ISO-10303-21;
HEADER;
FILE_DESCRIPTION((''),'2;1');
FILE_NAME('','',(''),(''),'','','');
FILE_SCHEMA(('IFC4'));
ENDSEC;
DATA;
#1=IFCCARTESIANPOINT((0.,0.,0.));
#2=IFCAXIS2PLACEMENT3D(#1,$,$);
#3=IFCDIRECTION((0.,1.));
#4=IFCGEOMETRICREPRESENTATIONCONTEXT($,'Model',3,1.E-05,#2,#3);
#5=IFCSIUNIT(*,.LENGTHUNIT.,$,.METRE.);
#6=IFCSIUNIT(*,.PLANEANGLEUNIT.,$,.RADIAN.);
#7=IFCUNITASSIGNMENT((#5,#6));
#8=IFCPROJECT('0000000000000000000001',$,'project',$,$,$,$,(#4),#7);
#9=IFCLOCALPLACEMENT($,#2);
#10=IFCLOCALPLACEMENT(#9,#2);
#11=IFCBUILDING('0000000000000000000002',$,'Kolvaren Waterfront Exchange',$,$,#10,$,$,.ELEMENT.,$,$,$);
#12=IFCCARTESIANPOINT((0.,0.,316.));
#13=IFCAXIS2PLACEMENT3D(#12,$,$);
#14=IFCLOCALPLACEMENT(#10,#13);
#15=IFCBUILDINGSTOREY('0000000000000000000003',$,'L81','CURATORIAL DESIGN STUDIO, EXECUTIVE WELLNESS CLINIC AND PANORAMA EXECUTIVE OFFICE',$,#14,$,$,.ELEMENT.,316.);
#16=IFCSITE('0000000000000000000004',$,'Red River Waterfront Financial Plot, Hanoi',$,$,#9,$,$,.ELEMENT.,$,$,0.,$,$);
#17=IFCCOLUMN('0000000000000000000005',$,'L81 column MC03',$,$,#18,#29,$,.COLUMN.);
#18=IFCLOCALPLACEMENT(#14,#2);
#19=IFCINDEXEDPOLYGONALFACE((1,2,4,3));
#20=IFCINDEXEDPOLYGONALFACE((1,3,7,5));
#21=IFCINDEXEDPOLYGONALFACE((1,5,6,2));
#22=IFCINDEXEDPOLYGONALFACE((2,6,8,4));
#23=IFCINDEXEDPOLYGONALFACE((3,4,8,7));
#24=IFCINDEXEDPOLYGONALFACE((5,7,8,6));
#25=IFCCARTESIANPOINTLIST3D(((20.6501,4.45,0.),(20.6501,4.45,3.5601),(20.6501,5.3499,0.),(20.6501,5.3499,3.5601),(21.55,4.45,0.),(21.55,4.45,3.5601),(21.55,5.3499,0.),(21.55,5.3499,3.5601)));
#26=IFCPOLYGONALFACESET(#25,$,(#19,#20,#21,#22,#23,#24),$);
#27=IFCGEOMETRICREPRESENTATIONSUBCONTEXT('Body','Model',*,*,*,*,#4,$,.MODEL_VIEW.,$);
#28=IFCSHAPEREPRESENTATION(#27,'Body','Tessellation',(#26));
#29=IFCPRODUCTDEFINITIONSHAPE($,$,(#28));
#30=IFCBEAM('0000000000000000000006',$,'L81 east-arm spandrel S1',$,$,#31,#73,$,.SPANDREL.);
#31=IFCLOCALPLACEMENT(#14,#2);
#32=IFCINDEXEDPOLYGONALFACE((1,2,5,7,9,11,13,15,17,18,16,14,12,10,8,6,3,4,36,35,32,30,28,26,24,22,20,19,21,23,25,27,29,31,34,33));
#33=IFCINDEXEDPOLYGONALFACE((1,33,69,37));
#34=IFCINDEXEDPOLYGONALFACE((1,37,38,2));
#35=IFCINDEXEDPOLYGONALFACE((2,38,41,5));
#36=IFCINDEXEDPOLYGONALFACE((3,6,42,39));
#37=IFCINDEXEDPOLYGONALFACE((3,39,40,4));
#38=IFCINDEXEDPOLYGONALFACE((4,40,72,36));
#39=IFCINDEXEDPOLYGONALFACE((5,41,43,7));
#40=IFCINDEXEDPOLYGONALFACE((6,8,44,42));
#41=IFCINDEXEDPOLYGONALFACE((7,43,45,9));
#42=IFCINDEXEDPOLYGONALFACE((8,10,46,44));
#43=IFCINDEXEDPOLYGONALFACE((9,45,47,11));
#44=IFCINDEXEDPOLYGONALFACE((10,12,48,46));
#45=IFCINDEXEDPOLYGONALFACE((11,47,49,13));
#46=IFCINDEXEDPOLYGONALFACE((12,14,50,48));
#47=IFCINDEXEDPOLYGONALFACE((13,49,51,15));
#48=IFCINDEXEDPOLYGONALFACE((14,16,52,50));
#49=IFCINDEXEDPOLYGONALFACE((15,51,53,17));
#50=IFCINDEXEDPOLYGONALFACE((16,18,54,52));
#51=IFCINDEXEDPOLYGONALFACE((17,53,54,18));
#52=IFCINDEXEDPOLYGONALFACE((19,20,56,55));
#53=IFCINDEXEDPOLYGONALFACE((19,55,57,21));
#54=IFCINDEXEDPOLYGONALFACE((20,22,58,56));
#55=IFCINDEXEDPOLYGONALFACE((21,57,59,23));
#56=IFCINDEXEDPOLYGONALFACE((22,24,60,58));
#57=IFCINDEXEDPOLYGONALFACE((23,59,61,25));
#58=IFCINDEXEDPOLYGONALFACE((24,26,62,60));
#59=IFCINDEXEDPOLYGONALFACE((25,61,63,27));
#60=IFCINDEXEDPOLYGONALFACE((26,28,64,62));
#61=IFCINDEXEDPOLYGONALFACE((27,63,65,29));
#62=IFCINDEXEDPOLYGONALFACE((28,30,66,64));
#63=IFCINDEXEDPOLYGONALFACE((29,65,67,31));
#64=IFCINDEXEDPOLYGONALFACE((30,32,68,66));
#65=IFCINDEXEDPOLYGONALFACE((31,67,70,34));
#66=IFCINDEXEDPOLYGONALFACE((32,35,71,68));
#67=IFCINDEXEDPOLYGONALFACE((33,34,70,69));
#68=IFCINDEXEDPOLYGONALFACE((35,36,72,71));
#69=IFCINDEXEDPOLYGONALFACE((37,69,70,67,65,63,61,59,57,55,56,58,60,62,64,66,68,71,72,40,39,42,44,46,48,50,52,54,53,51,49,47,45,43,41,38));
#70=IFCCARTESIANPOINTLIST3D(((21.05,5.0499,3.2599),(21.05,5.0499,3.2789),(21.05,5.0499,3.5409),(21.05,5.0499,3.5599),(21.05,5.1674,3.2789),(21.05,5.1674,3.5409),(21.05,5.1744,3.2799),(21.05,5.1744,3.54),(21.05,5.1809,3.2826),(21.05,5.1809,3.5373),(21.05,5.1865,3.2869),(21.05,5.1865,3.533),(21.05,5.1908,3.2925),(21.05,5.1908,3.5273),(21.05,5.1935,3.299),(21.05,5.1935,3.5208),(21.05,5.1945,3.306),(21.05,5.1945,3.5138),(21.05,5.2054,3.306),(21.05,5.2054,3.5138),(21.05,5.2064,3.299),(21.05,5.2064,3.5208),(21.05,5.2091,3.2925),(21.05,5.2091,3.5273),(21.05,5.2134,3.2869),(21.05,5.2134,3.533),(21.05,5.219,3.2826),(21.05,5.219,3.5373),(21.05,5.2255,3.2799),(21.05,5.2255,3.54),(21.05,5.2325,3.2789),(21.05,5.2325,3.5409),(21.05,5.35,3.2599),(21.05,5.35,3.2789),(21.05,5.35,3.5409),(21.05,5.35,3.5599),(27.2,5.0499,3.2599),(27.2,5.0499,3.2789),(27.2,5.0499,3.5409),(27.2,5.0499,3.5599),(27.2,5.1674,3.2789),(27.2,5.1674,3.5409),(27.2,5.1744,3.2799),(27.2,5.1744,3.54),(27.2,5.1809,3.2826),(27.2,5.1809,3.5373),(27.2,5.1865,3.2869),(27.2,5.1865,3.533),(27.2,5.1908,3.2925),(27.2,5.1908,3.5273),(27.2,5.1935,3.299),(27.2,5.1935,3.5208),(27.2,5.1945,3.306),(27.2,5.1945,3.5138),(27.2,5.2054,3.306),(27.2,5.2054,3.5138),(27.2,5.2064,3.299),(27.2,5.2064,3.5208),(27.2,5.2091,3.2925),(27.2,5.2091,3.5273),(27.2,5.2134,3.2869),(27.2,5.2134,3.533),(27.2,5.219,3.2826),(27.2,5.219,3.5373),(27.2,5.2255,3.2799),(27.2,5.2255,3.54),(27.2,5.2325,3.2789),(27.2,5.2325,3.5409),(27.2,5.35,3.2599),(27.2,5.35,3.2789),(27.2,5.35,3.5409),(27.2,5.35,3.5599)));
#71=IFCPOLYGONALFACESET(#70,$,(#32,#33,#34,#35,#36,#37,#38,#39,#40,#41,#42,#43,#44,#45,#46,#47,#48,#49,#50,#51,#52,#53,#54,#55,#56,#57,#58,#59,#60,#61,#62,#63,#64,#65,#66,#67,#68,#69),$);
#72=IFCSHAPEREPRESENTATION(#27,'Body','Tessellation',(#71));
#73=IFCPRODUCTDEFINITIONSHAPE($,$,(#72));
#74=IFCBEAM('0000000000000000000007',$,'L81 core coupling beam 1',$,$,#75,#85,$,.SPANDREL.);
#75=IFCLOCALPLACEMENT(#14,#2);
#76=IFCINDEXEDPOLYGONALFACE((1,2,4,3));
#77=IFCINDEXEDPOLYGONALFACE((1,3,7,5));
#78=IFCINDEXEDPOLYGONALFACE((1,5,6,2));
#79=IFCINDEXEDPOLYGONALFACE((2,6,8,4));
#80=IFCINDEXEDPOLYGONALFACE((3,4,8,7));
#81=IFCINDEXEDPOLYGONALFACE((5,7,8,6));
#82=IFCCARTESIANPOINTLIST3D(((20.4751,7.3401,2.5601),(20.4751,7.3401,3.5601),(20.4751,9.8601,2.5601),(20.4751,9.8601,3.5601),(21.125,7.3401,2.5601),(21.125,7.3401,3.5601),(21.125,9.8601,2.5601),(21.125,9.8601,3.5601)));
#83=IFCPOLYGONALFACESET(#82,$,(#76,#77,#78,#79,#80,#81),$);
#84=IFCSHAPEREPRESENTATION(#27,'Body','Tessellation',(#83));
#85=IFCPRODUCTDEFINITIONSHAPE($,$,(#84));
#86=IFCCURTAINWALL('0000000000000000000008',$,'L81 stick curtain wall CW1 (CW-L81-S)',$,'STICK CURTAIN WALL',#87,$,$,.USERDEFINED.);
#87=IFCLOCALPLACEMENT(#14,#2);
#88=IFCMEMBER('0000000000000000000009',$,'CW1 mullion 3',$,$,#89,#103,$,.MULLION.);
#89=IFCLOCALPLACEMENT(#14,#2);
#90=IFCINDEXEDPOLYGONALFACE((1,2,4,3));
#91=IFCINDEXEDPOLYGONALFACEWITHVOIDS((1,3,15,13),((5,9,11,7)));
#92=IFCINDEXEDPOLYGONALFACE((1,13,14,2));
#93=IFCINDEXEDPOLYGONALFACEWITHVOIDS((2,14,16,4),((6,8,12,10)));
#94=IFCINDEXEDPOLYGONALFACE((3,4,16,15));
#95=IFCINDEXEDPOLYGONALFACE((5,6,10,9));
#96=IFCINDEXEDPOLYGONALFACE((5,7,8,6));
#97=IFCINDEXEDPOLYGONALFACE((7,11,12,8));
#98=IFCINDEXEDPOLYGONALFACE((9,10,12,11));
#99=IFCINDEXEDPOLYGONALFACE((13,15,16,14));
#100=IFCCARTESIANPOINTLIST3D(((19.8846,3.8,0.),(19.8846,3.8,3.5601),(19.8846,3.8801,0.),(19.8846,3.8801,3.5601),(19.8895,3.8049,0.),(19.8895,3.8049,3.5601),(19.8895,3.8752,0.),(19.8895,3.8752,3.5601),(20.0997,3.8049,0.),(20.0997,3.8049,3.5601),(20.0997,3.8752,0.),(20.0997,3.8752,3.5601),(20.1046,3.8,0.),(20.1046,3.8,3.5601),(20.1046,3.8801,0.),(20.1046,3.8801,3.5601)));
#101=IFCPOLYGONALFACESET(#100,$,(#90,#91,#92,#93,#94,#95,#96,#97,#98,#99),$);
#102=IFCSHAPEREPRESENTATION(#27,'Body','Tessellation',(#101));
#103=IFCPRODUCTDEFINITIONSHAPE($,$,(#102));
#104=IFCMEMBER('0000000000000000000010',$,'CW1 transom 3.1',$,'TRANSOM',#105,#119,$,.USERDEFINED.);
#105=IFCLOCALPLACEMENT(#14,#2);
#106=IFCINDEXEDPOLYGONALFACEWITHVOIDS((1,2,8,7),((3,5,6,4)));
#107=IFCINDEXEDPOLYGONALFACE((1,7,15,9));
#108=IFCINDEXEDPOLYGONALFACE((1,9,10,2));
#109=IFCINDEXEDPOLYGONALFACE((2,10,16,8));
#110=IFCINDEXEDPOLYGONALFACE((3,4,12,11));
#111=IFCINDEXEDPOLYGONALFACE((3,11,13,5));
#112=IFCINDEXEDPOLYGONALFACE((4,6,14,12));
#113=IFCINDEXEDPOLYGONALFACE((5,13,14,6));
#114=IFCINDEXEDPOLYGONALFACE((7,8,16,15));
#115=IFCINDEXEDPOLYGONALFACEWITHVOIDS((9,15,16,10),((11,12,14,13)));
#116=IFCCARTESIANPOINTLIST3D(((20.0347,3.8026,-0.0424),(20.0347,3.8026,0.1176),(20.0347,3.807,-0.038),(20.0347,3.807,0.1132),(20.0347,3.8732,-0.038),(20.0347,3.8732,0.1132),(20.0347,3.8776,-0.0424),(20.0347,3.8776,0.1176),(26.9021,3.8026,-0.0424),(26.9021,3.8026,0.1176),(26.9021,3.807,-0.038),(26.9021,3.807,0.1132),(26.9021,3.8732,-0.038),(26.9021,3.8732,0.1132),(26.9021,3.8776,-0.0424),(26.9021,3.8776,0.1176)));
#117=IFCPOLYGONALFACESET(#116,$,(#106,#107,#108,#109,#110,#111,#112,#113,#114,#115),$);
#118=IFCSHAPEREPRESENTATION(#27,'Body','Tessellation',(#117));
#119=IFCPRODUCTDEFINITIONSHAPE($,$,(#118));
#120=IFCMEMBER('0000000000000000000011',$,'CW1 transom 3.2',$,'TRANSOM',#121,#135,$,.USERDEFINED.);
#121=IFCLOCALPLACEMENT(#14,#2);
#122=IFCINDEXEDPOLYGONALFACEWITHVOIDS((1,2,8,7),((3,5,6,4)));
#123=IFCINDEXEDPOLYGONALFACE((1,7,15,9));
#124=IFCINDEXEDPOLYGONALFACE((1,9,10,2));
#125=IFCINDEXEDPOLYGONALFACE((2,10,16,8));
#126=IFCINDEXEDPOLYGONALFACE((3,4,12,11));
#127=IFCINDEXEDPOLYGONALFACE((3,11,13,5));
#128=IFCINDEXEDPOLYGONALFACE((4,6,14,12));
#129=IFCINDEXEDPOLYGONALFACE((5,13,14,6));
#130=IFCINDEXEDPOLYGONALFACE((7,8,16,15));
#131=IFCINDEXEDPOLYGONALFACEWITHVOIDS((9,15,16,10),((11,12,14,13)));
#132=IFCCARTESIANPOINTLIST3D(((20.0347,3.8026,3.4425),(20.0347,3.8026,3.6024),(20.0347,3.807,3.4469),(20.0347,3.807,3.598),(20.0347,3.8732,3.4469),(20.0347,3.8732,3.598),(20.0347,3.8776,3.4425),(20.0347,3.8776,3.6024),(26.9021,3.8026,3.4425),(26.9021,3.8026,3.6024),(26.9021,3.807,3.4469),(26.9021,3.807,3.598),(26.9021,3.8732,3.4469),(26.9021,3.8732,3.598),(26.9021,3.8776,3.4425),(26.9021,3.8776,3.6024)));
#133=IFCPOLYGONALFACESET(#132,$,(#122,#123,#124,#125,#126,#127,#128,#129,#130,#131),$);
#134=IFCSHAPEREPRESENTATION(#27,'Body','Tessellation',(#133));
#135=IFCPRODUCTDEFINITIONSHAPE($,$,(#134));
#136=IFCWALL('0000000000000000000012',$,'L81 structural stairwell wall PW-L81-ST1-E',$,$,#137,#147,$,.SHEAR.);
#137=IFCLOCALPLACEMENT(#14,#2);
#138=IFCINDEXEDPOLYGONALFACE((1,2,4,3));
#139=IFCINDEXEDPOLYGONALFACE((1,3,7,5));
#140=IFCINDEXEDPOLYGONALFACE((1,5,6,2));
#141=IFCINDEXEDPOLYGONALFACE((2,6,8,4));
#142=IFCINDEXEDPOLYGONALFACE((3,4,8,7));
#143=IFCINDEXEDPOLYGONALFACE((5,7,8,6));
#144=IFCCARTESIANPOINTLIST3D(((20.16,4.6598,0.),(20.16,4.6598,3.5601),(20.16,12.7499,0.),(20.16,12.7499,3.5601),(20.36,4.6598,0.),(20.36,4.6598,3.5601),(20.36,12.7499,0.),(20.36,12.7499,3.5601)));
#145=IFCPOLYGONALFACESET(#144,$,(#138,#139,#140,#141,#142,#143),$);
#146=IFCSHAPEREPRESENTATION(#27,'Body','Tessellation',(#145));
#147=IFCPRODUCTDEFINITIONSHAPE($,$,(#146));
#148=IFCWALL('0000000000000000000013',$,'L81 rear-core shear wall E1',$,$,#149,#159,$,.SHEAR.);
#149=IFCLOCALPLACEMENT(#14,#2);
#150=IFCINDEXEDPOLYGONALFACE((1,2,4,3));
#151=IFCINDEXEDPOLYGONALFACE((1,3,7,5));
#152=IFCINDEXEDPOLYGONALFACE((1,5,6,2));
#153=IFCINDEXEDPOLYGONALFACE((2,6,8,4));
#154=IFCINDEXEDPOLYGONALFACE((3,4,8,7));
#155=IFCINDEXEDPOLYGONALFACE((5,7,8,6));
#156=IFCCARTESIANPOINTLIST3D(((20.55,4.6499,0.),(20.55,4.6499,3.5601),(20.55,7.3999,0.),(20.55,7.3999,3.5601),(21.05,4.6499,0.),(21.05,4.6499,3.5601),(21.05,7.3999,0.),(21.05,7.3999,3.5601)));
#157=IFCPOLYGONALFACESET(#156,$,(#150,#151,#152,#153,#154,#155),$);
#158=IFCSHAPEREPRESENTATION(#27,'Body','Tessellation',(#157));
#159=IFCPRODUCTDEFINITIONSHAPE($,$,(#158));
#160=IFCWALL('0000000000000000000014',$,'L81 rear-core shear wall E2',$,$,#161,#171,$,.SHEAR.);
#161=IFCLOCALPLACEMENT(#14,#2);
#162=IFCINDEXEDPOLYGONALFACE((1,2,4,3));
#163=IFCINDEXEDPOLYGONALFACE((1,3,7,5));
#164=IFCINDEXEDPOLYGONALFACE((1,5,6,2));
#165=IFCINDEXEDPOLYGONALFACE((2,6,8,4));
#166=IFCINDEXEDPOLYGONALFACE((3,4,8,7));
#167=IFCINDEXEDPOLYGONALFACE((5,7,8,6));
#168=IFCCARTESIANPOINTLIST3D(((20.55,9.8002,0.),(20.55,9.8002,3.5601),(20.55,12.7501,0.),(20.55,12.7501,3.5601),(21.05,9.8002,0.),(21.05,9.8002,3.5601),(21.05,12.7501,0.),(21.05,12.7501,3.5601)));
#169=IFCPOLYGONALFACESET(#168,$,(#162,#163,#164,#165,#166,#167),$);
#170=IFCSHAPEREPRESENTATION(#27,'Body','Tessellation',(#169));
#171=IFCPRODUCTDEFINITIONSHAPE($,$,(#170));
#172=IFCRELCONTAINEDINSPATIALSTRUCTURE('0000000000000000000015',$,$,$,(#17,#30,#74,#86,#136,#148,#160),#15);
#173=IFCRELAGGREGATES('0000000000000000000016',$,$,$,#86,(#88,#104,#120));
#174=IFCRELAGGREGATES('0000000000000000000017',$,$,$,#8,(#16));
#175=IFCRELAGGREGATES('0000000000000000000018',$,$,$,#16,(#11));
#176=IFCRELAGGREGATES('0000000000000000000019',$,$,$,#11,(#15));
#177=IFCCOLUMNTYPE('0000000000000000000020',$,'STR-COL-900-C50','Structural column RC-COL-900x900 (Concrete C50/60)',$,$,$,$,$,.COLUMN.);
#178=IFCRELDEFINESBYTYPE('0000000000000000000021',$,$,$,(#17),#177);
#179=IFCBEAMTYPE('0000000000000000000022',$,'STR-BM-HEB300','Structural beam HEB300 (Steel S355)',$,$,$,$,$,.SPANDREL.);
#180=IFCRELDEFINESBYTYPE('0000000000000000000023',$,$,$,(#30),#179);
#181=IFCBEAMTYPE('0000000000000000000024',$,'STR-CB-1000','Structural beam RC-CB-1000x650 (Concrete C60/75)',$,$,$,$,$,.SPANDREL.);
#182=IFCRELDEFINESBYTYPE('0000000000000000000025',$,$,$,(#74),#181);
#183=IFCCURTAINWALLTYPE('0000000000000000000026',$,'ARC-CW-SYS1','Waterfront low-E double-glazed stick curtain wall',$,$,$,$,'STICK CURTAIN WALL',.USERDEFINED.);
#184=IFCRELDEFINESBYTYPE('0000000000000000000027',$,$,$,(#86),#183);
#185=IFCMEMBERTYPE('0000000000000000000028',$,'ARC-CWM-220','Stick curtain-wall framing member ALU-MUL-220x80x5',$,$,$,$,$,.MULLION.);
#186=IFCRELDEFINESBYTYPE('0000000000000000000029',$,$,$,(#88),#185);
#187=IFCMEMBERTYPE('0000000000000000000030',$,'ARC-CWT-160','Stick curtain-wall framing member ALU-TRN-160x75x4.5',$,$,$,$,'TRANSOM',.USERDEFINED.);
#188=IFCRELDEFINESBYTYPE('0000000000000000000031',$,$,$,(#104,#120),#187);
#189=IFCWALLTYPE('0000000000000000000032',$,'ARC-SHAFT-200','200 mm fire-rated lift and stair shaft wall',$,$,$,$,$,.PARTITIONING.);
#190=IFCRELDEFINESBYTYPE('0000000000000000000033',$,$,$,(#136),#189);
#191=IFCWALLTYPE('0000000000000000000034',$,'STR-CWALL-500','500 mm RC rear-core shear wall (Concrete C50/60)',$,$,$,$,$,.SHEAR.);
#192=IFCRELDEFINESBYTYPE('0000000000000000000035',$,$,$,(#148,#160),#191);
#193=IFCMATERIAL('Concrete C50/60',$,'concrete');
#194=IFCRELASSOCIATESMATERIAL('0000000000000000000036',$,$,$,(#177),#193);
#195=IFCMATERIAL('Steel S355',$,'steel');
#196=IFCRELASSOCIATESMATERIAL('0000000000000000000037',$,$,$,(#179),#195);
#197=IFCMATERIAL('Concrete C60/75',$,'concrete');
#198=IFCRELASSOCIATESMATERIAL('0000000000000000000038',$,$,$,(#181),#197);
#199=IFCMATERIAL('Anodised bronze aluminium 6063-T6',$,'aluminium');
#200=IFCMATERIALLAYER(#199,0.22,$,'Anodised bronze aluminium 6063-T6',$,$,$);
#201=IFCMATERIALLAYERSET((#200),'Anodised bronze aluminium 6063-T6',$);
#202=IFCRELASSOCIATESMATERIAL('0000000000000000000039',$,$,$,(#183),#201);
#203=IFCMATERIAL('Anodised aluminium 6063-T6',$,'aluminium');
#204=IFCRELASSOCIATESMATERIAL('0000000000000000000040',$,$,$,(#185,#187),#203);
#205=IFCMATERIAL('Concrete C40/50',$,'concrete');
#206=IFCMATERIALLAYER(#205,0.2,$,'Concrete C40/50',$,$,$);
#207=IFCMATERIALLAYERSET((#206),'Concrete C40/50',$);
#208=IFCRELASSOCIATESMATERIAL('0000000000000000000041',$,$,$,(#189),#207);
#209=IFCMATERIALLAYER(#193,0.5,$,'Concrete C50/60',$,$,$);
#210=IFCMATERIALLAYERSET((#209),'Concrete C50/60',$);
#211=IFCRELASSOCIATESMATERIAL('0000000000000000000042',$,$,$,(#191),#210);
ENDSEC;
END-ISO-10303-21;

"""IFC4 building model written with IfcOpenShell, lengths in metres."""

from ifc_helpers import new_model, si_unit, direction, frame, frame_2d, origin, origin_with_axes, origin_2d, place, context, subcontext, project, spatial, rectangle, hollow_rectangle, i_section, extrude, source, transform, mapped, material, layer, layer_set, material_profile, profile_set, type_object, element, aggregate, save


model = new_model("IFC4")

# Units and contexts
model_context = context("Model", 3, precision=1e-05, world=origin(), true_north=direction((0.0, 1.0)))
body_context = subcontext(model_context, "Body", "Model", "MODEL_VIEW")
ifc_project = project(units=[si_unit("LENGTHUNIT", "METRE"), si_unit("PLANEANGLEUNIT", "RADIAN")], contexts=[model_context])

# Site, building, storey
site_placement = place(None, origin())
site = spatial("IfcSite", under=ifc_project, at=site_placement, Name="Red River Waterfront Financial Plot, Hanoi", CompositionType="ELEMENT", RefElevation=0.0)
building_placement = place(site_placement, origin())
building = spatial("IfcBuilding", under=site, at=building_placement, Name="Kolvaren Waterfront Exchange", CompositionType="ELEMENT")
storey_placement = place(building_placement, frame((0.0, 0.0, 316.0)))
storey = spatial("IfcBuildingStorey", under=building, at=storey_placement, Name="L81", Description="CURATORIAL DESIGN STUDIO, EXECUTIVE WELLNESS CLINIC AND PANORAMA EXECUTIVE OFFICE", CompositionType="ELEMENT", Elevation=316.0)

# Column
ifc_material_1 = material(Name="Concrete C50/60", Category="concrete")
ifc_material_profile_1 = material_profile(ifc_material_1, rectangle(XDim=0.8999, YDim=0.8999, at=origin_2d()), Name="RC-COL-900x900")
ifc_profile_set_1 = profile_set([ifc_material_profile_1], Name="Concrete C50/60")
column_type = type_object("IfcColumnType", Name="STR-COL-900-C50", Description="Structural column RC-COL-900x900 (Concrete C50/60)", PredefinedType="COLUMN", material=ifc_profile_set_1)
column_placement = place(storey_placement, frame((21.1001, 4.8999, 0.0), z_axis=(0.0, 0.0, 1.0), x_axis=(1.0, 0.0, 0.0)))
element("IfcColumn", 1, at=column_placement, inside=storey, type_object=column_type, Name="L81 column MC03", PredefinedType="COLUMN", context=body_context, shape_type="SweptSolid", body=[
    extrude(rectangle(XDim=0.8999, YDim=0.8999, at=origin_2d()), origin(), (0.0, 0.0, 1.0), 3.5601),
])

# Beams
ifc_material_2 = material(Name="Steel S355", Category="steel")
ifc_material_profile_2 = material_profile(ifc_material_2, i_section(OverallWidth=0.3, OverallDepth=0.3, WebThickness=0.011, FlangeThickness=0.019, FilletRadius=0.0271, at=origin_2d()), Name="HEB300")
ifc_profile_set_2 = profile_set([ifc_material_profile_2], Name="Steel S355")
beam_type_1 = type_object("IfcBeamType", Name="STR-BM-HEB300", Description="Structural beam HEB300 (Steel S355)", PredefinedType="SPANDREL", material=ifc_profile_set_2)
beam_1_placement = place(storey_placement, frame((21.05, 5.2, 3.4099), z_axis=(1.0, 0.0, 0.0), x_axis=(0.0, 1.0, 0.0)))
element("IfcBeam", 2, at=beam_1_placement, inside=storey, type_object=beam_type_1, Name="L81 east-arm spandrel S1", PredefinedType="SPANDREL", context=body_context, shape_type="SweptSolid", body=[
    extrude(i_section(OverallWidth=0.3, OverallDepth=0.3, WebThickness=0.011, FlangeThickness=0.019, FilletRadius=0.0271, at=origin_2d()), origin(), (0.0, 0.0, 1.0), 6.1499),
])
ifc_material_3 = material(Name="Concrete C60/75", Category="concrete")
ifc_material_profile_3 = material_profile(ifc_material_3, rectangle(XDim=0.6499, YDim=1.0, at=origin_2d()), Name="RC-CB-1000x650")
ifc_profile_set_3 = profile_set([ifc_material_profile_3], Name="Concrete C60/75")
beam_type_2 = type_object("IfcBeamType", Name="STR-CB-1000", Description="Structural beam RC-CB-1000x650 (Concrete C60/75)", PredefinedType="SPANDREL", material=ifc_profile_set_3)
beam_2_placement = place(storey_placement, frame((20.8, 7.3401, 3.0601), z_axis=(0.0, 1.0, 0.0), x_axis=(-1.0, 0.0, 0.0)))
element("IfcBeam", 3, at=beam_2_placement, inside=storey, type_object=beam_type_2, Name="L81 core coupling beam 1", PredefinedType="SPANDREL", context=body_context, shape_type="SweptSolid", body=[
    extrude(rectangle(XDim=0.6499, YDim=1.0, at=origin_2d()), origin(), (0.0, 0.0, 1.0), 2.52),
])

# Curtain wall, members
ifc_material_4 = material(Name="Anodised bronze aluminium 6063-T6", Category="aluminium")
ifc_layer_1 = layer(ifc_material_4, 0.22, Name="Anodised bronze aluminium 6063-T6")
ifc_layer_set_1 = layer_set([ifc_layer_1], Name="Anodised bronze aluminium 6063-T6")
curtain_wall_type = type_object("IfcCurtainWallType", Name="ARC-CW-SYS1", Description="Waterfront low-E double-glazed stick curtain wall", ElementType="STICK CURTAIN WALL", PredefinedType="USERDEFINED", material=ifc_layer_set_1)
curtain_wall_placement = place(storey_placement, origin())
curtain_wall = element("IfcCurtainWall", 4, at=curtain_wall_placement, inside=storey, type_object=curtain_wall_type, Name="L81 stick curtain wall CW1 (CW-L81-S)", ObjectType="STICK CURTAIN WALL", PredefinedType="USERDEFINED")
ifc_material_5 = material(Name="Anodised aluminium 6063-T6", Category="aluminium")
ifc_material_profile_4 = material_profile(ifc_material_5, hollow_rectangle(XDim=0.0801, YDim=0.22, WallThickness=0.0049, at=origin_2d()), Name="ALU-MUL-220x80x5")
ifc_profile_set_4 = profile_set([ifc_material_profile_4], Name="Anodised aluminium 6063-T6")
member_type_1 = type_object("IfcMemberType", Name="ARC-CWM-220", Description="Stick curtain-wall framing member ALU-MUL-220x80x5", PredefinedType="MULLION", material=ifc_profile_set_4)
shared_shape_1 = source(origin_with_axes(), body_context, "Body", "SweptSolid", [
    extrude(hollow_rectangle(XDim=0.0801, YDim=0.22, WallThickness=0.0049, at=origin_2d()), origin(), (0.0, 0.0, 1.0), 3.5601),
])
member_1_placement = place(storey_placement, frame((19.9946, 3.8401, 0.0), z_axis=(0.0, 0.0, 1.0), x_axis=(0.0, 1.0, 0.0)))
member_1 = element("IfcMember", 5, at=member_1_placement, type_object=member_type_1, Name="CW1 mullion 3", PredefinedType="MULLION", context=body_context, shape_type="MappedRepresentation", body=[
    mapped(shared_shape_1, transform((0.0, 0.0, 0.0), x_axis=(1.0, 0.0, 0.0), y_axis=(0.0, 1.0, 0.0), z_axis=(0.0, 0.0, 1.0), scale=1.0)),
])
ifc_material_profile_5 = material_profile(ifc_material_5, hollow_rectangle(XDim=0.075, YDim=0.1599, WallThickness=0.0044, at=origin_2d()), Name="ALU-TRN-160x75x4.5")
ifc_profile_set_5 = profile_set([ifc_material_profile_5], Name="Anodised aluminium 6063-T6")
member_type_2 = type_object("IfcMemberType", Name="ARC-CWT-160", Description="Stick curtain-wall framing member ALU-TRN-160x75x4.5", ElementType="TRANSOM", PredefinedType="USERDEFINED", material=ifc_profile_set_5)
shared_shape_2 = source(origin_with_axes(), body_context, "Body", "SweptSolid", [
    extrude(hollow_rectangle(XDim=0.075, YDim=0.1599, WallThickness=0.0044, at=origin_2d()), origin(), (0.0, 0.0, 1.0), 6.8674),
])
member_2_placement = place(storey_placement, frame((20.0347, 3.8401, 0.0376), z_axis=(1.0, 0.0, 0.0), x_axis=(0.0, 1.0, 0.0)))
member_2 = element("IfcMember", 6, at=member_2_placement, type_object=member_type_2, Name="CW1 transom 3.1", ObjectType="TRANSOM", PredefinedType="USERDEFINED", context=body_context, shape_type="MappedRepresentation", body=[
    mapped(shared_shape_2, transform((0.0, 0.0, 0.0), x_axis=(1.0, 0.0, 0.0), y_axis=(0.0, 1.0, 0.0), z_axis=(0.0, 0.0, 1.0), scale=1.0)),
])
member_3_placement = place(storey_placement, frame((20.0347, 3.8401, 3.5225), z_axis=(1.0, 0.0, 0.0), x_axis=(0.0, 1.0, 0.0)))
member_3 = element("IfcMember", 7, at=member_3_placement, type_object=member_type_2, Name="CW1 transom 3.2", ObjectType="TRANSOM", PredefinedType="USERDEFINED", context=body_context, shape_type="MappedRepresentation", body=[
    mapped(shared_shape_2, transform((0.0, 0.0, 0.0), x_axis=(1.0, 0.0, 0.0), y_axis=(0.0, 1.0, 0.0), z_axis=(0.0, 0.0, 1.0), scale=1.0)),
])
aggregate(curtain_wall, [member_1, member_2, member_3])

# Walls
ifc_material_6 = material(Name="Concrete C40/50", Category="concrete")
ifc_layer_2 = layer(ifc_material_6, 0.2, Name="Concrete C40/50")
ifc_layer_set_2 = layer_set([ifc_layer_2], Name="Concrete C40/50")
wall_type_1 = type_object("IfcWallType", Name="ARC-SHAFT-200", Description="200 mm fire-rated lift and stair shaft wall", PredefinedType="PARTITIONING", material=ifc_layer_set_2)
wall_1_placement = place(storey_placement, frame((20.26, 4.6599, 0.0), z_axis=(0.0, 0.0, 1.0), x_axis=(0.0, 1.0, 0.0)))
element("IfcWall", 8, at=wall_1_placement, inside=storey, type_object=wall_type_1, Name="L81 structural stairwell wall PW-L81-ST1-E", PredefinedType="SHEAR", context=body_context, shape_type="SweptSolid", body=[
    extrude(rectangle(XDim=8.0901, YDim=0.2, at=frame_2d((4.0449, 0.0))), origin(), (0.0, 0.0, 1.0), 3.5601),
])
ifc_layer_3 = layer(ifc_material_1, 0.5, Name="Concrete C50/60")
ifc_layer_set_3 = layer_set([ifc_layer_3], Name="Concrete C50/60")
wall_type_2 = type_object("IfcWallType", Name="STR-CWALL-500", Description="500 mm RC rear-core shear wall (Concrete C50/60)", PredefinedType="SHEAR", material=ifc_layer_set_3)
wall_2_placement = place(storey_placement, frame((20.8, 4.6499, 0.0), z_axis=(0.0, 0.0, 1.0), x_axis=(0.0, 1.0, 0.0)))
element("IfcWall", 9, at=wall_2_placement, inside=storey, type_object=wall_type_2, Name="L81 rear-core shear wall E1", PredefinedType="SHEAR", context=body_context, shape_type="SweptSolid", body=[
    extrude(rectangle(XDim=2.75, YDim=0.5, at=frame_2d((1.375, 0.0))), origin(), (0.0, 0.0, 1.0), 3.5601),
])
wall_3_placement = place(storey_placement, frame((20.8, 9.8, 0.0), z_axis=(0.0, 0.0, 1.0), x_axis=(0.0, 1.0, 0.0)))
element("IfcWall", 10, at=wall_3_placement, inside=storey, type_object=wall_type_2, Name="L81 rear-core shear wall E2", PredefinedType="SHEAR", context=body_context, shape_type="SweptSolid", body=[
    extrude(rectangle(XDim=2.95, YDim=0.5, at=frame_2d((1.4751, 0.0))), origin(), (0.0, 0.0, 1.0), 3.5601),
])

save(model, "model.ifc")
